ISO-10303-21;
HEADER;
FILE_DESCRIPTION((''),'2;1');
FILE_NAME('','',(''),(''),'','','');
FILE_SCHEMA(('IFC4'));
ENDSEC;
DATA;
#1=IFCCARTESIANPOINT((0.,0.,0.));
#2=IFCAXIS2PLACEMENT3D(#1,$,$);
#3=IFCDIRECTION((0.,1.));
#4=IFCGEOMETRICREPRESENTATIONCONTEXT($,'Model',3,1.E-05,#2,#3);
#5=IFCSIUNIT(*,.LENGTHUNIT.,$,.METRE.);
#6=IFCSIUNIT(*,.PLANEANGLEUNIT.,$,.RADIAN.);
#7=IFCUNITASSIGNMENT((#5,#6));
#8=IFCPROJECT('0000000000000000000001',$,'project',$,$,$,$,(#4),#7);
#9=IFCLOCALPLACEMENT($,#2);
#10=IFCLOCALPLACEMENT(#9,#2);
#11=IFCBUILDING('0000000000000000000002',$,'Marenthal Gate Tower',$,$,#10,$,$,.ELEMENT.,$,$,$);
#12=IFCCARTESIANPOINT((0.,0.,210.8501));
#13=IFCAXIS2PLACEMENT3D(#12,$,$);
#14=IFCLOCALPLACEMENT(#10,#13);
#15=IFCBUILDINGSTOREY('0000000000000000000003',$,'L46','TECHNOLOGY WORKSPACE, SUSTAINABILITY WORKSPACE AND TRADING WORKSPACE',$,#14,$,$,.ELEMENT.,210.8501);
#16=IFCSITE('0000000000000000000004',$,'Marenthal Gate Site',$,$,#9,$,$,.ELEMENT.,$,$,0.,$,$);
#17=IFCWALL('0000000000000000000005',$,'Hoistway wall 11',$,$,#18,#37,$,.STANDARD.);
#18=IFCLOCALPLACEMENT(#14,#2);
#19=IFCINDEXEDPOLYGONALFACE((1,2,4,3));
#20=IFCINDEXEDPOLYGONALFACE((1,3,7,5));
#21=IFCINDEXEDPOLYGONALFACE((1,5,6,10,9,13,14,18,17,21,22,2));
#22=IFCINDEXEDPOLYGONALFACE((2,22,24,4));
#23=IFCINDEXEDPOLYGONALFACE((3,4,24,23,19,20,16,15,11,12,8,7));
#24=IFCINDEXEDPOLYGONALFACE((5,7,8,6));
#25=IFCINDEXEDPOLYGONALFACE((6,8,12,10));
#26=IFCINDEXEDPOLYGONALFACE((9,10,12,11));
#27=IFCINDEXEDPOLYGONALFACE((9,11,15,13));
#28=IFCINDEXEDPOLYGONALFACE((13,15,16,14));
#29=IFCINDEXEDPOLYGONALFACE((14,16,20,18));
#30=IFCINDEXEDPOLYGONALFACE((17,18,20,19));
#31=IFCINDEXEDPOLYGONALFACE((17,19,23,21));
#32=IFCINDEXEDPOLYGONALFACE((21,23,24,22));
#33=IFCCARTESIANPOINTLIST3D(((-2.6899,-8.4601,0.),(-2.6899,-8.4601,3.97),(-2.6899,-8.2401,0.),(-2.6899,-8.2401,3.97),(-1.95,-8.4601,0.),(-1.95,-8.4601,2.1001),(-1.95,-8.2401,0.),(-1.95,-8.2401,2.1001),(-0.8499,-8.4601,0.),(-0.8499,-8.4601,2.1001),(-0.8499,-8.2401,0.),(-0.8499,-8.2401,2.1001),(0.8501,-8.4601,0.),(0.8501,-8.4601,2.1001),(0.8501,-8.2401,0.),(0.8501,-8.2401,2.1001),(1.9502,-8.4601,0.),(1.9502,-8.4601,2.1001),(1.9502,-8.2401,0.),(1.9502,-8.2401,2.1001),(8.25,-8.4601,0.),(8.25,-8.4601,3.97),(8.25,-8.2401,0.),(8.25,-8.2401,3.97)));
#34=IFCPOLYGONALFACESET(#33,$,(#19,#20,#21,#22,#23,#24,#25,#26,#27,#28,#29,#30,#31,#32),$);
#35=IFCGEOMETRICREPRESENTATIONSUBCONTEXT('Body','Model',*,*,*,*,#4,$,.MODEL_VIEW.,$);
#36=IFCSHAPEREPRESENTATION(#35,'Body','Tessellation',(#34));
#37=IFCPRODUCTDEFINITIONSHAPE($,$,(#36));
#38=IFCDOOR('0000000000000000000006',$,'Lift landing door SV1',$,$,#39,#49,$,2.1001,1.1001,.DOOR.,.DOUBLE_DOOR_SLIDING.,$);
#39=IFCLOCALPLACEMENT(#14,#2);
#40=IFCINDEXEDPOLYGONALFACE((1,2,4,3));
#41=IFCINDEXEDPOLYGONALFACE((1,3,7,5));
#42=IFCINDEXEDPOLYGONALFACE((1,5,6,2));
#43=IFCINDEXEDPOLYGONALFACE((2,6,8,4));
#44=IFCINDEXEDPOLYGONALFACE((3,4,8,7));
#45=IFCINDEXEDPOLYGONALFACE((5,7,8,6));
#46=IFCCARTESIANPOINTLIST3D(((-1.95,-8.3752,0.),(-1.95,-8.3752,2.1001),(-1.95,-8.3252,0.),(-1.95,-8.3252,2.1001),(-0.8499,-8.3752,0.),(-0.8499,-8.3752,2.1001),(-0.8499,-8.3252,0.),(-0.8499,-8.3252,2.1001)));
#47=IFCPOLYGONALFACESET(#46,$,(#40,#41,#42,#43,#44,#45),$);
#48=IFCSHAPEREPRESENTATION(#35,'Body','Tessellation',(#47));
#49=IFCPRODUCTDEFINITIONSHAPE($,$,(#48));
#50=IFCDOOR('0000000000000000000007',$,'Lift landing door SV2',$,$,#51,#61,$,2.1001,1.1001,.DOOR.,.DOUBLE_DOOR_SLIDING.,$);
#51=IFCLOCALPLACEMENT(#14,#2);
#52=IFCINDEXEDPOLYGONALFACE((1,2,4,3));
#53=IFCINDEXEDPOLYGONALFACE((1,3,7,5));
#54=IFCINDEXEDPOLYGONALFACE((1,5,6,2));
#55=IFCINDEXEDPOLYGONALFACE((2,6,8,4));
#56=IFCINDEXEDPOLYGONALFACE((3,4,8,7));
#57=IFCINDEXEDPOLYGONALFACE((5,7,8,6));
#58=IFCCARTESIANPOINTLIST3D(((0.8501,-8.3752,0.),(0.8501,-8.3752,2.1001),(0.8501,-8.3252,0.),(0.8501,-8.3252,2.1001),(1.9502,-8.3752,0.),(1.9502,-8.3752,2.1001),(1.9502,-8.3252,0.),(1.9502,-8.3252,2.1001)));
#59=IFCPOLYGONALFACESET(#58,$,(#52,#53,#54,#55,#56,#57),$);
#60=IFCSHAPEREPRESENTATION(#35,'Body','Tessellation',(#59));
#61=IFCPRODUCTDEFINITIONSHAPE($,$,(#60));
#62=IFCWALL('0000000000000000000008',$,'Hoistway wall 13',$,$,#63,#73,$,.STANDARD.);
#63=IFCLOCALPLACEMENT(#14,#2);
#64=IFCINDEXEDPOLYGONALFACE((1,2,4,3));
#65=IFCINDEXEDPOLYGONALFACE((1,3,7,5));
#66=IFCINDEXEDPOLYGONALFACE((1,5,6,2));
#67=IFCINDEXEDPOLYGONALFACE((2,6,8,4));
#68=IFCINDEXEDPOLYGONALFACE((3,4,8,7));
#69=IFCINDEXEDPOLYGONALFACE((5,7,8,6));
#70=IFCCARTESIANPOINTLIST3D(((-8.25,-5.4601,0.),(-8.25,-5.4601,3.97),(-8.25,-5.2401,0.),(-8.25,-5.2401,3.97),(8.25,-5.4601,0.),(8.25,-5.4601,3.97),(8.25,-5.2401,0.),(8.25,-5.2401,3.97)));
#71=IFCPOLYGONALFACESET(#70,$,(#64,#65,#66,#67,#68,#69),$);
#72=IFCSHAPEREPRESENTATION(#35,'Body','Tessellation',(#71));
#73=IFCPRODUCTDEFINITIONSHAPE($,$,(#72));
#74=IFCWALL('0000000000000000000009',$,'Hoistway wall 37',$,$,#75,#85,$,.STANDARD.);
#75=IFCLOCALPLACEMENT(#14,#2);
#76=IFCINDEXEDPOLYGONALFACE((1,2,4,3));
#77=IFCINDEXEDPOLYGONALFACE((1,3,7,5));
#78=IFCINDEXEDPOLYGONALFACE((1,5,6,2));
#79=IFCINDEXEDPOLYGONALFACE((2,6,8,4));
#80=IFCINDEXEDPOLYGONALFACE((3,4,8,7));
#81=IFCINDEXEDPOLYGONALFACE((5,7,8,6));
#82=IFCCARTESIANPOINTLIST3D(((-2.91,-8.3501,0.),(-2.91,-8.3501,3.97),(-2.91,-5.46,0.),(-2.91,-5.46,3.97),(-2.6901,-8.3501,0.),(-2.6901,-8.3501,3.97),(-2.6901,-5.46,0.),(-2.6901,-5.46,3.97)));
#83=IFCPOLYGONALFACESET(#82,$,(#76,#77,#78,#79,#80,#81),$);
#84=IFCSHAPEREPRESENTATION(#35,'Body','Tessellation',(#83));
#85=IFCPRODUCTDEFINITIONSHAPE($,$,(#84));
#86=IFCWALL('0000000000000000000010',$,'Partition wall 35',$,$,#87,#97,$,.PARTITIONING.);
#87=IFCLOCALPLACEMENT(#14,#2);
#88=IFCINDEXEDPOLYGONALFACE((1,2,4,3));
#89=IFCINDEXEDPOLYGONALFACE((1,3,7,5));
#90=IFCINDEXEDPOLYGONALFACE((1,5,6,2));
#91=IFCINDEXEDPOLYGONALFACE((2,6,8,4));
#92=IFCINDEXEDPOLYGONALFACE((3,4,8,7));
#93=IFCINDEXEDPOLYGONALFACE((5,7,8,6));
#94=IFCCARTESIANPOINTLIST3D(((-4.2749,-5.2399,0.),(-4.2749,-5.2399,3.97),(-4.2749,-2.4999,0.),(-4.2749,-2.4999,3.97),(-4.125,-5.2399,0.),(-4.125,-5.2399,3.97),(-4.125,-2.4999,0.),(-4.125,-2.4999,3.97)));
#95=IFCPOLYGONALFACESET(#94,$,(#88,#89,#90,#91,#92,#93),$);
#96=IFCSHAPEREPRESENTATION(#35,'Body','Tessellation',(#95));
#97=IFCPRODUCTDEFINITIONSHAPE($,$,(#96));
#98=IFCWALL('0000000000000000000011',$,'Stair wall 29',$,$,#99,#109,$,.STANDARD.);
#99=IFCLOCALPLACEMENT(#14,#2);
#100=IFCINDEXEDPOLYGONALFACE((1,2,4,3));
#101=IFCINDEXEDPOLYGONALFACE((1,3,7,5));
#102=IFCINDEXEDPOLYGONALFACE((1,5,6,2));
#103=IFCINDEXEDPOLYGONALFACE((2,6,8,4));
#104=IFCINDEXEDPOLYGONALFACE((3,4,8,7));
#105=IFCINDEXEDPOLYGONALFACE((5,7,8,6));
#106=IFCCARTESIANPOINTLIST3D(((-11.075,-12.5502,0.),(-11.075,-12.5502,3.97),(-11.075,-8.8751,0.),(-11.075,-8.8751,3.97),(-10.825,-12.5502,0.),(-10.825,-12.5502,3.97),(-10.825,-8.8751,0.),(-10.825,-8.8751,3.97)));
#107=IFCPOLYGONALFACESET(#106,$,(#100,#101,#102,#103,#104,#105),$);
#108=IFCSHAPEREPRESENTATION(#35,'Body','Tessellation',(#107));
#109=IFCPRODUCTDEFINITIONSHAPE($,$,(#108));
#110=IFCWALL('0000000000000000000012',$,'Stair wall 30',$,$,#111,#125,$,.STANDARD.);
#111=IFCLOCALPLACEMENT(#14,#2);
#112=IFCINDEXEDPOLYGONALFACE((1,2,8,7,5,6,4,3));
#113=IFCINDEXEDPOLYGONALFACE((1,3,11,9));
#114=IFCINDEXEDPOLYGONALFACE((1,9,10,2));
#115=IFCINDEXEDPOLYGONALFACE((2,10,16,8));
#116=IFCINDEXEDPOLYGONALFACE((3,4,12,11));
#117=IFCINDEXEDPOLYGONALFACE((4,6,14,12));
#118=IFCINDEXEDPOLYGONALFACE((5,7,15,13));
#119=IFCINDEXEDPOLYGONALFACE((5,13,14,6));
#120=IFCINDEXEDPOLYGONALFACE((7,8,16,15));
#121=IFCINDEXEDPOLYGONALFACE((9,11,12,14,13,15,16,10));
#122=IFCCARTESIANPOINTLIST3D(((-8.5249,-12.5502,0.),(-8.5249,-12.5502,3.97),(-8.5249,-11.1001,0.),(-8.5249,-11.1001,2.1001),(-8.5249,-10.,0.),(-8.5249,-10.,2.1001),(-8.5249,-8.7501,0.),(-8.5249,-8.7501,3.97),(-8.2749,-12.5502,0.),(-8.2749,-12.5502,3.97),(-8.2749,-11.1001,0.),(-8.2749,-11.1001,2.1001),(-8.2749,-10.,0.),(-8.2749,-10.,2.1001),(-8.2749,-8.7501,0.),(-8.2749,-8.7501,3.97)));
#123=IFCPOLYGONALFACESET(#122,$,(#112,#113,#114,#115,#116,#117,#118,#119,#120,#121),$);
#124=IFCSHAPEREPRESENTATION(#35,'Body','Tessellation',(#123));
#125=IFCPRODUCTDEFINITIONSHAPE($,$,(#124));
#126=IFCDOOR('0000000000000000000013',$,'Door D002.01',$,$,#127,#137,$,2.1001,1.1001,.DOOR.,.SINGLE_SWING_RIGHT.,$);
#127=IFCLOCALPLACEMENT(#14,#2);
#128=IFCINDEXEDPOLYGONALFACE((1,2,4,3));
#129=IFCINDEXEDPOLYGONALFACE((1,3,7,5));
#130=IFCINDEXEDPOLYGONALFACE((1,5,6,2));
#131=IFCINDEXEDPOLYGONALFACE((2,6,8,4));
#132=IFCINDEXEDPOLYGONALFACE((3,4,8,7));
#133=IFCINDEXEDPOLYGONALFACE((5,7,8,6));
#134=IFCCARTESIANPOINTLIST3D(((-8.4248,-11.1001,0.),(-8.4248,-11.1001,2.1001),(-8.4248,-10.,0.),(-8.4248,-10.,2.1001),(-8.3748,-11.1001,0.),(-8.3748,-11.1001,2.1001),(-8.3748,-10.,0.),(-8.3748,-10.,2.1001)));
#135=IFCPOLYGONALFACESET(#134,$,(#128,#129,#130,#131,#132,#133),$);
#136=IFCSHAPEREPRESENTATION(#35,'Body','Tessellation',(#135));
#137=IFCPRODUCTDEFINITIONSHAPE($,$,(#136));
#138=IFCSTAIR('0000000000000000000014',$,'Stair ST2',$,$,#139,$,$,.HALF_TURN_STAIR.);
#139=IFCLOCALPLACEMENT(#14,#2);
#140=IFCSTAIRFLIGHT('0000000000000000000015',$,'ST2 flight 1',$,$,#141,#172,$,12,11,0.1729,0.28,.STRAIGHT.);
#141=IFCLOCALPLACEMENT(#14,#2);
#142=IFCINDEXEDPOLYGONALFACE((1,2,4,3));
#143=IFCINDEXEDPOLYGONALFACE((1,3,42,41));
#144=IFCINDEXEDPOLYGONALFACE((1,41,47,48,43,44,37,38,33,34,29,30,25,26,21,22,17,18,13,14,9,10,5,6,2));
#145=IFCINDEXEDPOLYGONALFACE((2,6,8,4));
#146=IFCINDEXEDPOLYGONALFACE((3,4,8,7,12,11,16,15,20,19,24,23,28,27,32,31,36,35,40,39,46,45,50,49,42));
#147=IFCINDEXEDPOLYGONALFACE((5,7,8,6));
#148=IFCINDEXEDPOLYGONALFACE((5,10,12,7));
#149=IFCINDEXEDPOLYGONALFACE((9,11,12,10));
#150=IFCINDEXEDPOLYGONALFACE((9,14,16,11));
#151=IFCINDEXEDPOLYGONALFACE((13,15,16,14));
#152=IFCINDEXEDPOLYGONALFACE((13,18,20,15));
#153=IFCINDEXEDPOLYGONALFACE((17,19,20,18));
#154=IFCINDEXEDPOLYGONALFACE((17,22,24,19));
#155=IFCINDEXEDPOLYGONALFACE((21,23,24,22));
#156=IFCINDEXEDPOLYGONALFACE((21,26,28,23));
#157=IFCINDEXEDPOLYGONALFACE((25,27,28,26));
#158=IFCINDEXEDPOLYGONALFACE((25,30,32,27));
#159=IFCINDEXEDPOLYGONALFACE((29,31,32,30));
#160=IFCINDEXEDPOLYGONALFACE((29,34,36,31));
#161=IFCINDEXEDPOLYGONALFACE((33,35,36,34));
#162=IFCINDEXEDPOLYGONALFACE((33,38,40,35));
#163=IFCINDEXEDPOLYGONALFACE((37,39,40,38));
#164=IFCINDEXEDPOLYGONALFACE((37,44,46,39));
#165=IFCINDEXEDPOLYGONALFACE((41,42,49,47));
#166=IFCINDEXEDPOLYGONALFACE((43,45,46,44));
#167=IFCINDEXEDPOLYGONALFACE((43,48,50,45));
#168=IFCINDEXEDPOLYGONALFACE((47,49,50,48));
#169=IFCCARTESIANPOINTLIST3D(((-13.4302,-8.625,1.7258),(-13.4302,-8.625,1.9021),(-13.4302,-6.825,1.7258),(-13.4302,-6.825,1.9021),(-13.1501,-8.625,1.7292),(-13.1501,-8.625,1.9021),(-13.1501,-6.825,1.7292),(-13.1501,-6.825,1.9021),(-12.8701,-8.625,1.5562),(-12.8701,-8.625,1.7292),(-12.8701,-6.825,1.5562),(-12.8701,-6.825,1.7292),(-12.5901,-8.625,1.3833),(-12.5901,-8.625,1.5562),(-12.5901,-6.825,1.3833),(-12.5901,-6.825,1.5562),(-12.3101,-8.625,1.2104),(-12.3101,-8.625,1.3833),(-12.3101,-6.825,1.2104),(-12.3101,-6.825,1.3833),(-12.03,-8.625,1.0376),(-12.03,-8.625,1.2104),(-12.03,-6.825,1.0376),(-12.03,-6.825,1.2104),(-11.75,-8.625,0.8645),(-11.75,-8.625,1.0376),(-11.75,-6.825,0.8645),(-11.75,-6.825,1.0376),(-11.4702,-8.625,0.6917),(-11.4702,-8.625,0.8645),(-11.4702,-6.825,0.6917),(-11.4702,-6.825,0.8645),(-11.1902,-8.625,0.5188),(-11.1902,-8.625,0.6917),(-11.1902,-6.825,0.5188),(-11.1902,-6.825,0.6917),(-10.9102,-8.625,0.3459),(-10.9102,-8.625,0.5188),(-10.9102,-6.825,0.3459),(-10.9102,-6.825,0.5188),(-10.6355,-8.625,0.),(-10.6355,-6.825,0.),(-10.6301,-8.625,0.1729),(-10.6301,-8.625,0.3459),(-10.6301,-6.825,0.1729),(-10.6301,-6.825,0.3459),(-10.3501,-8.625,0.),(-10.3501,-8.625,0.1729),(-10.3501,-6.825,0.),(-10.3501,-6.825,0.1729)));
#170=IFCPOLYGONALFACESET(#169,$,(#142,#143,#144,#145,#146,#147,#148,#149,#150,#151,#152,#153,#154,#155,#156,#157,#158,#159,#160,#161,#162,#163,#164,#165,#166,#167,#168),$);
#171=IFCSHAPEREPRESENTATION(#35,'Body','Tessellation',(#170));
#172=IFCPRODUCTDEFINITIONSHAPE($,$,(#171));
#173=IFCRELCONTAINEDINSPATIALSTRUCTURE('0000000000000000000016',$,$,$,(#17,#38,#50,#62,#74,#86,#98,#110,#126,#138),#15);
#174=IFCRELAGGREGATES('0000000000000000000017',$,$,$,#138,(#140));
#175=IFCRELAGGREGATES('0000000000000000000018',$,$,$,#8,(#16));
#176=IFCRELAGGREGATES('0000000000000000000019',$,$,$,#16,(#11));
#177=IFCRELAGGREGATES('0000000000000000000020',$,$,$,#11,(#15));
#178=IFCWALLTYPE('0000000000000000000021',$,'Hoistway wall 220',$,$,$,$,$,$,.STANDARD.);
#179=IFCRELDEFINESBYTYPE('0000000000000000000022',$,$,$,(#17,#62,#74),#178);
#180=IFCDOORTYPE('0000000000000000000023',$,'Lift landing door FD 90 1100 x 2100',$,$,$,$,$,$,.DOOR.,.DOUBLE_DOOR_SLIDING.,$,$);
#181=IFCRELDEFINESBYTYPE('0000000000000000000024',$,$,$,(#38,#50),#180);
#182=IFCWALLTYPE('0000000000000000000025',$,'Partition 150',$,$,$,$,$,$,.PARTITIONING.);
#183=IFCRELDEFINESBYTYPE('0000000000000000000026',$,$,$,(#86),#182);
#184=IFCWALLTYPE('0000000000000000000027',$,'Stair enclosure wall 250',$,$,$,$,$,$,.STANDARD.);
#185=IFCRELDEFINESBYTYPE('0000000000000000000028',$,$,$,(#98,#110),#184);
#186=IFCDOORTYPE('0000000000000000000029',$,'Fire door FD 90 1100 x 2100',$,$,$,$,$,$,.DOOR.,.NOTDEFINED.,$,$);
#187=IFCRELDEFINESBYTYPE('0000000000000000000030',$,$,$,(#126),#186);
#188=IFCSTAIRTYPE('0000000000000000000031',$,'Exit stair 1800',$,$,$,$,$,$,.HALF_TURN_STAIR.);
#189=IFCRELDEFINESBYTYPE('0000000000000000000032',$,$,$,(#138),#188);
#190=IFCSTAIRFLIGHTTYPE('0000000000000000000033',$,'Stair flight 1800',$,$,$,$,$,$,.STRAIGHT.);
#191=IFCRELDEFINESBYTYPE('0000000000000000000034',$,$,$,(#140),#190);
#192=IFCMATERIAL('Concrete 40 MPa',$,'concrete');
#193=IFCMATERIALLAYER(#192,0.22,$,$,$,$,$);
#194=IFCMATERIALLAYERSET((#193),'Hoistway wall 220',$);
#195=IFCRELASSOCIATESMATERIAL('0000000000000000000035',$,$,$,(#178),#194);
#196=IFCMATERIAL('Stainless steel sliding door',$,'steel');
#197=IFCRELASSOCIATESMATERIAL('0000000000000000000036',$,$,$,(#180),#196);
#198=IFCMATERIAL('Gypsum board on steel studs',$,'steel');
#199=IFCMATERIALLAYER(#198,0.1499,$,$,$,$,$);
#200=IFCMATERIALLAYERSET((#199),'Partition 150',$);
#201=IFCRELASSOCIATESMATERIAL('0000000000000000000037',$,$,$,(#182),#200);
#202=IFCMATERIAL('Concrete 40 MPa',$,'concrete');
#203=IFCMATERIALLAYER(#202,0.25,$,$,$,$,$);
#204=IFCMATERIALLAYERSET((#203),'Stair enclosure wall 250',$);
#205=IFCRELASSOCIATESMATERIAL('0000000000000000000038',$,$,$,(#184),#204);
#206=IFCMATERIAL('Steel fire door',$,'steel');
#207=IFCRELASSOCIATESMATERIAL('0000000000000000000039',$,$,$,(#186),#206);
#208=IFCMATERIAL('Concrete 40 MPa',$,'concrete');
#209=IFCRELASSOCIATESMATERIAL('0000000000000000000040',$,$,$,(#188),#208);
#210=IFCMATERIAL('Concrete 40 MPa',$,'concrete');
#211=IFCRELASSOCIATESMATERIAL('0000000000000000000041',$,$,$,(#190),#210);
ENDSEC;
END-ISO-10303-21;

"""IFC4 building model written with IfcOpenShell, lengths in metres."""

from ifc_helpers import new_model, si_unit, direction, frame, frame_2d, origin, place, context, subcontext, project, spatial, polyline, rectangle, outline, extrude, material, layer, layer_set, type_object, element, fill, aggregate, save


model = new_model("IFC4")

# Units and contexts
model_context = context("Model", 3, precision=1e-05, world=origin(), true_north=direction((0.0, 1.0)))
body_context = subcontext(model_context, "Body", "Model", "MODEL_VIEW")
ifc_project = project(units=[si_unit("LENGTHUNIT", "METRE"), si_unit("PLANEANGLEUNIT", "RADIAN")], contexts=[model_context])

# Site, building, storey
site_placement = place(None, origin())
site = spatial("IfcSite", under=ifc_project, at=site_placement, Name="Marenthal Gate Site", CompositionType="ELEMENT", RefElevation=0.0)
building_placement = place(site_placement, origin())
building = spatial("IfcBuilding", under=site, at=building_placement, Name="Marenthal Gate Tower", CompositionType="ELEMENT")
storey_placement = place(building_placement, frame((0.0, 0.0, 210.8501)))
storey = spatial("IfcBuildingStorey", under=building, at=storey_placement, Name="L46", Description="TECHNOLOGY WORKSPACE, SUSTAINABILITY WORKSPACE AND TRADING WORKSPACE", CompositionType="ELEMENT", Elevation=210.8501)

# Wall, openings, doors
ifc_material_1 = material(Name="Concrete 40 MPa", Category="concrete")
ifc_layer_1 = layer(ifc_material_1, 0.22)
ifc_layer_set_1 = layer_set([ifc_layer_1], Name="Hoistway wall 220")
wall_type_1 = type_object("IfcWallType", Name="Hoistway wall 220", PredefinedType="STANDARD", material=ifc_layer_set_1)
ifc_material_2 = material(Name="Stainless steel sliding door", Category="steel")
door_type_1 = type_object("IfcDoorType", Name="Lift landing door FD 90 1100 x 2100", OperationType="DOUBLE_DOOR_SLIDING", PredefinedType="DOOR", material=ifc_material_2)
wall_1_placement = place(storey_placement, frame((-2.6899, -8.3501, 0.0), z_axis=(0.0, 0.0, 1.0), x_axis=(1.0, 0.0, 0.0)))
wall_1 = element("IfcWall", 1, at=wall_1_placement, inside=storey, type_object=wall_type_1, Name="Hoistway wall 11", PredefinedType="STANDARD", context=body_context, shape_type="SweptSolid", body=[
    extrude(rectangle(XDim=10.9399, YDim=0.22, at=frame_2d((5.47, 0.0))), origin(), (0.0, 0.0, 1.0), 3.97),
])
opening_1_placement = place(wall_1_placement, frame((0.74, 0.0, 0.0)))
opening_1 = element("IfcOpeningElement", 2, at=opening_1_placement, cuts=wall_1, PredefinedType="OPENING", context=body_context, shape_type="SweptSolid", body=[
    extrude(rectangle(XDim=1.1001, YDim=2.1001, at=frame_2d((0.55, 1.05))), frame((0.0, 0.1201, 0.0), z_axis=(0.0, -1.0, 0.0), x_axis=(1.0, 0.0, 0.0)), (0.0, 0.0, 1.0), 0.24),
])
opening_2_placement = place(wall_1_placement, frame((3.54, 0.0, 0.0)))
opening_2 = element("IfcOpeningElement", 3, at=opening_2_placement, cuts=wall_1, PredefinedType="OPENING", context=body_context, shape_type="SweptSolid", body=[
    extrude(rectangle(XDim=1.1001, YDim=2.1001, at=frame_2d((0.55, 1.05))), frame((0.0, 0.1201, 0.0), z_axis=(0.0, -1.0, 0.0), x_axis=(1.0, 0.0, 0.0)), (0.0, 0.0, 1.0), 0.24),
])
door_1_placement = place(opening_1_placement, origin())
door_1 = element("IfcDoor", 4, at=door_1_placement, inside=storey, type_object=door_type_1, Name="Lift landing door SV1", OperationType="DOUBLE_DOOR_SLIDING", OverallHeight=2.1001, OverallWidth=1.1001, PredefinedType="DOOR", context=body_context, shape_type="SweptSolid", body=[
    extrude(rectangle(XDim=1.1001, YDim=2.1001, at=frame_2d((0.55, 1.05))), frame((0.0, 0.0249, 0.0), z_axis=(0.0, -1.0, 0.0), x_axis=(1.0, 0.0, 0.0)), (0.0, 0.0, 1.0), 0.05),
])
fill(opening_1, door_1)
door_2_placement = place(opening_2_placement, origin())
door_2 = element("IfcDoor", 5, at=door_2_placement, inside=storey, type_object=door_type_1, Name="Lift landing door SV2", OperationType="DOUBLE_DOOR_SLIDING", OverallHeight=2.1001, OverallWidth=1.1001, PredefinedType="DOOR", context=body_context, shape_type="SweptSolid", body=[
    extrude(rectangle(XDim=1.1001, YDim=2.1001, at=frame_2d((0.55, 1.05))), frame((0.0, 0.0249, 0.0), z_axis=(0.0, -1.0, 0.0), x_axis=(1.0, 0.0, 0.0)), (0.0, 0.0, 1.0), 0.05),
])
fill(opening_2, door_2)

# Walls
wall_2_placement = place(storey_placement, frame((-8.25, -5.3501, 0.0), z_axis=(0.0, 0.0, 1.0), x_axis=(1.0, 0.0, 0.0)))
element("IfcWall", 6, at=wall_2_placement, inside=storey, type_object=wall_type_1, Name="Hoistway wall 13", PredefinedType="STANDARD", context=body_context, shape_type="SweptSolid", body=[
    extrude(rectangle(XDim=16.5, YDim=0.22, at=frame_2d((8.25, 0.0))), origin(), (0.0, 0.0, 1.0), 3.97),
])
wall_3_placement = place(storey_placement, frame((-2.8, -8.3501, 0.0), z_axis=(0.0, 0.0, 1.0), x_axis=(0.0, 1.0, 0.0)))
element("IfcWall", 7, at=wall_3_placement, inside=storey, type_object=wall_type_1, Name="Hoistway wall 37", PredefinedType="STANDARD", context=body_context, shape_type="SweptSolid", body=[
    extrude(rectangle(XDim=2.8901, YDim=0.22, at=frame_2d((1.4451, 0.0))), origin(), (0.0, 0.0, 1.0), 3.97),
])
ifc_material_3 = material(Name="Gypsum board on steel studs", Category="steel")
ifc_layer_2 = layer(ifc_material_3, 0.1499)
ifc_layer_set_2 = layer_set([ifc_layer_2], Name="Partition 150")
wall_type_2 = type_object("IfcWallType", Name="Partition 150", PredefinedType="PARTITIONING", material=ifc_layer_set_2)
wall_4_placement = place(storey_placement, frame((-4.2, -5.24, 0.0), z_axis=(0.0, 0.0, 1.0), x_axis=(0.0, 1.0, 0.0)))
element("IfcWall", 8, at=wall_4_placement, inside=storey, type_object=wall_type_2, Name="Partition wall 35", PredefinedType="PARTITIONING", context=body_context, shape_type="SweptSolid", body=[
    extrude(rectangle(XDim=2.74, YDim=0.1499, at=frame_2d((1.3701, 0.0))), origin(), (0.0, 0.0, 1.0), 3.97),
])
ifc_material_4 = material(Name="Concrete 40 MPa", Category="concrete")
ifc_layer_3 = layer(ifc_material_4, 0.25)
ifc_layer_set_3 = layer_set([ifc_layer_3], Name="Stair enclosure wall 250")
wall_type_3 = type_object("IfcWallType", Name="Stair enclosure wall 250", PredefinedType="STANDARD", material=ifc_layer_set_3)
wall_5_placement = place(storey_placement, frame((-10.95, -12.55, 0.0), z_axis=(0.0, 0.0, 1.0), x_axis=(0.0, 1.0, 0.0)))
element("IfcWall", 9, at=wall_5_placement, inside=storey, type_object=wall_type_3, Name="Stair wall 29", PredefinedType="STANDARD", context=body_context, shape_type="SweptSolid", body=[
    extrude(rectangle(XDim=3.675, YDim=0.25, at=frame_2d((1.8374, 0.0))), origin(), (0.0, 0.0, 1.0), 3.97),
])

# Wall, opening, door
wall_6_placement = place(storey_placement, frame((-8.3999, -12.55, 0.0), z_axis=(0.0, 0.0, 1.0), x_axis=(0.0, 1.0, 0.0)))
wall_6 = element("IfcWall", 10, at=wall_6_placement, inside=storey, type_object=wall_type_3, Name="Stair wall 30", PredefinedType="STANDARD", context=body_context, shape_type="SweptSolid", body=[
    extrude(rectangle(XDim=3.8, YDim=0.25, at=frame_2d((1.8999, 0.0))), origin(), (0.0, 0.0, 1.0), 3.97),
])
opening_3_placement = place(wall_6_placement, frame((1.45, 0.0, 0.0)))
opening_3 = element("IfcOpeningElement", 11, at=opening_3_placement, cuts=wall_6, PredefinedType="OPENING", context=body_context, shape_type="SweptSolid", body=[
    extrude(rectangle(XDim=1.1001, YDim=2.1001, at=frame_2d((0.55, 1.05))), frame((0.0, 0.135, 0.0), z_axis=(0.0, -1.0, 0.0), x_axis=(1.0, 0.0, 0.0)), (0.0, 0.0, 1.0), 0.27),
])
ifc_material_5 = material(Name="Steel fire door", Category="steel")
door_type_2 = type_object("IfcDoorType", Name="Fire door FD 90 1100 x 2100", OperationType="NOTDEFINED", PredefinedType="DOOR", material=ifc_material_5)
door_3_placement = place(opening_3_placement, origin())
door_3 = element("IfcDoor", 12, at=door_3_placement, inside=storey, type_object=door_type_2, Name="Door D002.01", OperationType="SINGLE_SWING_RIGHT", OverallHeight=2.1001, OverallWidth=1.1001, PredefinedType="DOOR", context=body_context, shape_type="SweptSolid", body=[
    extrude(rectangle(XDim=1.1001, YDim=2.1001, at=frame_2d((0.55, 1.05))), frame((0.0, 0.0249, 0.0), z_axis=(0.0, -1.0, 0.0), x_axis=(1.0, 0.0, 0.0)), (0.0, 0.0, 1.0), 0.05),
])
fill(opening_3, door_3)

# Stair, stair flight
ifc_material_6 = material(Name="Concrete 40 MPa", Category="concrete")
stair_type = type_object("IfcStairType", Name="Exit stair 1800", PredefinedType="HALF_TURN_STAIR", material=ifc_material_6)
stair_placement = place(storey_placement, origin())
stair = element("IfcStair", 13, at=stair_placement, inside=storey, type_object=stair_type, Name="Stair ST2", PredefinedType="HALF_TURN_STAIR")
ifc_material_7 = material(Name="Concrete 40 MPa", Category="concrete")
stair_flight_type = type_object("IfcStairFlightType", Name="Stair flight 1800", PredefinedType="STRAIGHT", material=ifc_material_7)
stair_flight_1_placement = place(storey_placement, frame((-10.3501, -7.7251, 0.0), z_axis=(0.0, 0.0, 1.0), x_axis=(-1.0, 0.0, 0.0)))
stair_flight_1 = element("IfcStairFlight", 14, at=stair_flight_1_placement, type_object=stair_flight_type, Name="ST2 flight 1", NumberOfRisers=12, NumberOfTreads=11, PredefinedType="STRAIGHT", RiserHeight=0.1729, TreadLength=0.28, context=body_context, shape_type="SweptSolid", body=[
    extrude(outline(polyline([(0.0, 0.0), (0.0, 0.1729), (0.28, 0.1729), (0.28, 0.3459), (0.5601, 0.3459), (0.5601, 0.5188), (0.8401, 0.5188), (0.8401, 0.6917), (1.1201, 0.6917), (1.1201, 0.8645), (1.3999, 0.8645), (1.3999, 1.0376), (1.6799, 1.0376), (1.6799, 1.2104), (1.96, 1.2104), (1.96, 1.3833), (2.24, 1.3833), (2.24, 1.5562), (2.52, 1.5562), (2.52, 1.7292), (2.8, 1.7292), (2.8, 1.9021), (3.0801, 1.9021), (3.0801, 2.075), (3.0801, 1.7258), (0.2854, 0.0), (0.0, 0.0)])), frame((0.0, 0.8999, 0.0), z_axis=(0.0, -1.0, 0.0), x_axis=(1.0, 0.0, 0.0)), (0.0, 0.0, 1.0), 1.8),
])
aggregate(stair, [stair_flight_1])

save(model, "model.ifc")
